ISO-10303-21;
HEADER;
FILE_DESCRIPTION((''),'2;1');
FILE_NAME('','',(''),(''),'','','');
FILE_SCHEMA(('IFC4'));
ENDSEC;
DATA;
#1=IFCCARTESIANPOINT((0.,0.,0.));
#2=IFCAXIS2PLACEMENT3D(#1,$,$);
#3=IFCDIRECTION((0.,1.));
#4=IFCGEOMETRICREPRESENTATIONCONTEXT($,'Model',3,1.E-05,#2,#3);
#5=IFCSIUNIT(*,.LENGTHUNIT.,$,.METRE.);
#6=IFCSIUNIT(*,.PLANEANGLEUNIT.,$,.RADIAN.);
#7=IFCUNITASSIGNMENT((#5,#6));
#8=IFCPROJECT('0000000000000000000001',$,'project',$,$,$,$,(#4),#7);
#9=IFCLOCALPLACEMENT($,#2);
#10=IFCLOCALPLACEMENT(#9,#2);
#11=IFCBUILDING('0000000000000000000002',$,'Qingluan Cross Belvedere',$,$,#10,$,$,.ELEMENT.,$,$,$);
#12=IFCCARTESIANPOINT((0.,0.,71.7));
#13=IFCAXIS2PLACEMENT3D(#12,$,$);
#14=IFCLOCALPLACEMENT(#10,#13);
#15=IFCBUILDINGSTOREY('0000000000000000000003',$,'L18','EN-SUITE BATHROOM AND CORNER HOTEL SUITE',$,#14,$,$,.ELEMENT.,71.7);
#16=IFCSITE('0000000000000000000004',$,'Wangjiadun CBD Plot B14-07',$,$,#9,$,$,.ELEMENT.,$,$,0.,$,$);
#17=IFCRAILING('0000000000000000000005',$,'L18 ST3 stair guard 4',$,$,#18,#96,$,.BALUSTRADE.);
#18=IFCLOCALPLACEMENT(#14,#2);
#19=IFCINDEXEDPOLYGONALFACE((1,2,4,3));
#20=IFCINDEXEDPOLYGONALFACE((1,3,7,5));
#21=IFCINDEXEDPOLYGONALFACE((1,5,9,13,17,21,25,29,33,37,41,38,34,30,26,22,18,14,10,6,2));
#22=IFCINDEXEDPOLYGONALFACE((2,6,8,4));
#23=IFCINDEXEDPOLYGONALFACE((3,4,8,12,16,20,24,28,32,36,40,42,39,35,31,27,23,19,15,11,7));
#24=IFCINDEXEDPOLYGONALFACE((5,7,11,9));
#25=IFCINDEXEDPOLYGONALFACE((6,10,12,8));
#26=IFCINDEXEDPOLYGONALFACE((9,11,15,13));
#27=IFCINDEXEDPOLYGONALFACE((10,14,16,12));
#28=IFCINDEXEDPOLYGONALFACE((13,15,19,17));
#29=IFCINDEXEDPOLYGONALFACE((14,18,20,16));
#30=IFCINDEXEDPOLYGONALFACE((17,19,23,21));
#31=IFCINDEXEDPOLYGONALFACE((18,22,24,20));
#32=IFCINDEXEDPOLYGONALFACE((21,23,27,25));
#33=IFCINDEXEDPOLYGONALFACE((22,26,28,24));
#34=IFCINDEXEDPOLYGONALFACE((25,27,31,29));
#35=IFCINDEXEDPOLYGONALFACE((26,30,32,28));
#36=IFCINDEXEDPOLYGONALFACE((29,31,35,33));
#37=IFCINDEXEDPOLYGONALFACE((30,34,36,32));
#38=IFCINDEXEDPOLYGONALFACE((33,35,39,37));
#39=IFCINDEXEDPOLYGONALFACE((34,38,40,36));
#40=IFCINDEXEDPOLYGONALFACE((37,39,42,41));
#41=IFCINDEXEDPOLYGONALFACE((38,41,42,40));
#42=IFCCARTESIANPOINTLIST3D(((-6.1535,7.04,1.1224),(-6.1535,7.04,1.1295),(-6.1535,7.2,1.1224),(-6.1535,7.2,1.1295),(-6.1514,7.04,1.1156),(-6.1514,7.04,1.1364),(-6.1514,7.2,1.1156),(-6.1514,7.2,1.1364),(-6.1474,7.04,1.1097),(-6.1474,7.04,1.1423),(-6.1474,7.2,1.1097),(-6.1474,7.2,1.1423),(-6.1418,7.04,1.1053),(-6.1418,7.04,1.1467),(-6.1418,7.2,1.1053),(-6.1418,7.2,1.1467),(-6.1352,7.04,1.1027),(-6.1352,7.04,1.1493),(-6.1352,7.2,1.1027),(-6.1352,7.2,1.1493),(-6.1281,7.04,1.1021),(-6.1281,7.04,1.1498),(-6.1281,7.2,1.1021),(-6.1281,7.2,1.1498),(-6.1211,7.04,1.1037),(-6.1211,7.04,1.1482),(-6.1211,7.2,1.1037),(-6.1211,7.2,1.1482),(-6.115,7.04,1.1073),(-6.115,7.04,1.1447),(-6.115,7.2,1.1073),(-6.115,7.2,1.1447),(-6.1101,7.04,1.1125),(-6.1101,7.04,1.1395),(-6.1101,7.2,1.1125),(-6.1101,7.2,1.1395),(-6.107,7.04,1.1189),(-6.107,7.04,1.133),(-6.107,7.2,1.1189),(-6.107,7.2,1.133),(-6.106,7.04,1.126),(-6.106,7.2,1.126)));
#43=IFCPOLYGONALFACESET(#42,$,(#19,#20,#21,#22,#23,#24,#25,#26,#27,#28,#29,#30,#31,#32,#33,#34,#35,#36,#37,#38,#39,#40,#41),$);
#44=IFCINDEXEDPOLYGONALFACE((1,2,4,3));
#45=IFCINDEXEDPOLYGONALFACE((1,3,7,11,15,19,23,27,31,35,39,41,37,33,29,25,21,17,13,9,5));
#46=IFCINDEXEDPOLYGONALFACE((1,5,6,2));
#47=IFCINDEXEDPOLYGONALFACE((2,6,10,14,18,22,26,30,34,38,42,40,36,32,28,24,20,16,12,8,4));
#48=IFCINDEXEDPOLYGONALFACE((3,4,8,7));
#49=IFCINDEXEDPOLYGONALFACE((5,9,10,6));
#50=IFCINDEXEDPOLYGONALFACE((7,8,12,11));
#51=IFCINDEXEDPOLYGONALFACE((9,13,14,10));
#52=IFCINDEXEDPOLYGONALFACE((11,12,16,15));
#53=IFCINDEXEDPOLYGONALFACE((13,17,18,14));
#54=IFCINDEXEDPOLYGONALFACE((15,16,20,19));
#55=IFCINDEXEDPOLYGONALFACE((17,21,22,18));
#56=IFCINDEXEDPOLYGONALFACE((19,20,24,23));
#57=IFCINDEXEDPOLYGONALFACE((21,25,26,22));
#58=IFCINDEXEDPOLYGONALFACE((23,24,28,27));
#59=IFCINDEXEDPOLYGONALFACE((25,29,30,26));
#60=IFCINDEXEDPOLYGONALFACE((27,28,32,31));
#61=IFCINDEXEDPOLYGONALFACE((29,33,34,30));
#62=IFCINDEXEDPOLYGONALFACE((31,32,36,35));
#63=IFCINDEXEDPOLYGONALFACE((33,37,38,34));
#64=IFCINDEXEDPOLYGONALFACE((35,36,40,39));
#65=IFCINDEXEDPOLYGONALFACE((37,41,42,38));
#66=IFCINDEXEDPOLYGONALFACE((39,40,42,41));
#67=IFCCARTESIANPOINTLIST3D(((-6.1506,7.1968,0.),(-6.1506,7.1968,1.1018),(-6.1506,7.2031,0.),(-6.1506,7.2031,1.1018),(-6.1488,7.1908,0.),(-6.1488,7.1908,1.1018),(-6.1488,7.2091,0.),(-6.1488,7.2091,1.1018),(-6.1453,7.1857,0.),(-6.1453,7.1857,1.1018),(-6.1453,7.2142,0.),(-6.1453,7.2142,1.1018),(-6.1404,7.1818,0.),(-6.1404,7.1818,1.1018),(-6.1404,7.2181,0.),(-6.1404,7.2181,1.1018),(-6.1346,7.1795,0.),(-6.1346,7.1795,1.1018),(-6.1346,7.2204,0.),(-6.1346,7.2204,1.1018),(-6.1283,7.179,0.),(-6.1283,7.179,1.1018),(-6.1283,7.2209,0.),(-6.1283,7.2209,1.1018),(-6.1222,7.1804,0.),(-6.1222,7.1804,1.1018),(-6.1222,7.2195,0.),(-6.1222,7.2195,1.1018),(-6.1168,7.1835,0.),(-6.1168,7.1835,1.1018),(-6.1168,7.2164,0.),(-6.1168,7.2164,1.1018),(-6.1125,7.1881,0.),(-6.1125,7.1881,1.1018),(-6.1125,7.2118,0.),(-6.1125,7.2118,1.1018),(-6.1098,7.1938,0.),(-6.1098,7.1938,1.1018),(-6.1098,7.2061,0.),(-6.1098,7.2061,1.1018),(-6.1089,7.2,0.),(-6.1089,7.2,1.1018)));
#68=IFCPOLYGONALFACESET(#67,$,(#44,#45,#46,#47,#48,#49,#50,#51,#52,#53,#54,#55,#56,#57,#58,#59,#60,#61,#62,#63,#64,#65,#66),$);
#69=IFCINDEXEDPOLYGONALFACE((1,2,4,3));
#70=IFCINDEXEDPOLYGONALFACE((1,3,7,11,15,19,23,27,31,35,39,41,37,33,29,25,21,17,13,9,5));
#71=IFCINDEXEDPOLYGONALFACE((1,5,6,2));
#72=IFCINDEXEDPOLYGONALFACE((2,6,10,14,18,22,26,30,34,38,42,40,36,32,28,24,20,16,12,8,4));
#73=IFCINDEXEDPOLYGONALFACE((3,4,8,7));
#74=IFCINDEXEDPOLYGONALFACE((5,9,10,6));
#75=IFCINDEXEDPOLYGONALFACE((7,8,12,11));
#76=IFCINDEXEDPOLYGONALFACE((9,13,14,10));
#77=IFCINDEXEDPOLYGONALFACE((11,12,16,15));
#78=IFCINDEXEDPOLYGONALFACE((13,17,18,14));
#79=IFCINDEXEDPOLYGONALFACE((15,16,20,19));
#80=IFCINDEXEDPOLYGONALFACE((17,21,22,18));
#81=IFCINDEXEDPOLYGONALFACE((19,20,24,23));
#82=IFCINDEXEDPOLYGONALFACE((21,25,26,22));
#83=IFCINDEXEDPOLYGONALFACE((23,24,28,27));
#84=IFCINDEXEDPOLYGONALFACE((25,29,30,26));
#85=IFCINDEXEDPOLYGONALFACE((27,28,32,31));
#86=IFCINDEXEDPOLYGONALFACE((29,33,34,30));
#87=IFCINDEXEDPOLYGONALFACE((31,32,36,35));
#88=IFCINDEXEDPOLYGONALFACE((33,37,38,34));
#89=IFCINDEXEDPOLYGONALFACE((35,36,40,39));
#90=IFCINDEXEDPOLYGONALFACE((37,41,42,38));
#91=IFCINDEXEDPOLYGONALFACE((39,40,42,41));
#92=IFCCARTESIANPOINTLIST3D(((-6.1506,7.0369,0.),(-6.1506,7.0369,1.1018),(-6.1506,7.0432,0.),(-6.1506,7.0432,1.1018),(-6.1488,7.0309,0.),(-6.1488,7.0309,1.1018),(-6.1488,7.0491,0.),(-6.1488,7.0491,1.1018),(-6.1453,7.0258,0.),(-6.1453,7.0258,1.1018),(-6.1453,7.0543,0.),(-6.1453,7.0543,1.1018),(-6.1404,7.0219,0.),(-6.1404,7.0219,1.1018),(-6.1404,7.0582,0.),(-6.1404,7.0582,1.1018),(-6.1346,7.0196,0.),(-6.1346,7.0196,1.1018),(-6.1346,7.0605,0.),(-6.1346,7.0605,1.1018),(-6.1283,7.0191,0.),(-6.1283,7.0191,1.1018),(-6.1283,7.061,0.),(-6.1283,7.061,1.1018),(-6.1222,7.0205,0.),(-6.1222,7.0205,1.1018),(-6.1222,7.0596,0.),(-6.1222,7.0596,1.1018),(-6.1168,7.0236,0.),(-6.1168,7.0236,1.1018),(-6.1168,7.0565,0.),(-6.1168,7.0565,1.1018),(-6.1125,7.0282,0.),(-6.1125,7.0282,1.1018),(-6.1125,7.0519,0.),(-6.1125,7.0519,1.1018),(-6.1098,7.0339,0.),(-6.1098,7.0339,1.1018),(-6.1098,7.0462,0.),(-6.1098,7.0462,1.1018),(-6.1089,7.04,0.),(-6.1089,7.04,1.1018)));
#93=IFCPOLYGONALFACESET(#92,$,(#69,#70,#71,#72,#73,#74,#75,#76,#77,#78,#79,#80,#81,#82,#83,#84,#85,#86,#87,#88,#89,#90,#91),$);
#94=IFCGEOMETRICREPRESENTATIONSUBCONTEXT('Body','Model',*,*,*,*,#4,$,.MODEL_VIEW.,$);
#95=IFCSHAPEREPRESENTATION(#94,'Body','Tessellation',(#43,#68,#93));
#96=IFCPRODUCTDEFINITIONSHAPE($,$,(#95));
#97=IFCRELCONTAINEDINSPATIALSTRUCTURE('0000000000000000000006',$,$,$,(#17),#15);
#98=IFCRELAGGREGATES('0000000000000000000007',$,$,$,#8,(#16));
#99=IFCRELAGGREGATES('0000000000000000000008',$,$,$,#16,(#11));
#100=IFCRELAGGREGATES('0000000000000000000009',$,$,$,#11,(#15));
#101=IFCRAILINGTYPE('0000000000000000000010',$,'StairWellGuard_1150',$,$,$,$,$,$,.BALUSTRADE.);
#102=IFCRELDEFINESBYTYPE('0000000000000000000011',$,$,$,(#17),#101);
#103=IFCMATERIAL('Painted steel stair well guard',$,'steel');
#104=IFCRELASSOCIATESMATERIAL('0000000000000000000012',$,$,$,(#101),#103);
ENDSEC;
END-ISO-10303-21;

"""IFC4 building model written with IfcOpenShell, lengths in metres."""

from ifc_helpers import new_model, si_unit, direction, frame, origin, origin_2d, place, context, subcontext, project, spatial, circle, extrude, material, type_object, element, save


model = new_model("IFC4")

# Units and contexts
model_context = context("Model", 3, precision=1e-05, world=origin(), true_north=direction((0.0, 1.0)))
body_context = subcontext(model_context, "Body", "Model", "MODEL_VIEW")
ifc_project = project(units=[si_unit("LENGTHUNIT", "METRE"), si_unit("PLANEANGLEUNIT", "RADIAN")], contexts=[model_context])

# Site, building, storey
site_placement = place(None, origin())
site = spatial("IfcSite", under=ifc_project, at=site_placement, Name="Wangjiadun CBD Plot B14-07", CompositionType="ELEMENT", RefElevation=0.0)
building_placement = place(site_placement, origin())
building = spatial("IfcBuilding", under=site, at=building_placement, Name="Qingluan Cross Belvedere", CompositionType="ELEMENT")
storey_placement = place(building_placement, frame((0.0, 0.0, 71.7)))
storey = spatial("IfcBuildingStorey", under=building, at=storey_placement, Name="L18", Description="EN-SUITE BATHROOM AND CORNER HOTEL SUITE", CompositionType="ELEMENT", Elevation=71.7)

# Railing
ifc_material_1 = material(Name="Painted steel stair well guard", Category="steel")
railing_type_1 = type_object("IfcRailingType", Name="StairWellGuard_1150", PredefinedType="BALUSTRADE", material=ifc_material_1)
railing_1_placement = place(storey_placement, frame((-6.1299, 7.2, 0.0)))
element("IfcRailing", 1, at=railing_1_placement, inside=storey, type_object=railing_type_1, Name="L18 ST3 stair guard 4", PredefinedType="BALUSTRADE", context=body_context, shape_type="SweptSolid", body=[
    extrude(circle(Radius=0.0239, at=origin_2d()), frame((0.0, 0.0, 1.126), z_axis=(0.0, -1.0, 0.0), x_axis=(1.0, 0.0, 0.0)), (0.0, 0.0, 1.0), 0.1599),
    extrude(circle(Radius=0.021, at=origin_2d()), origin(), (0.0, 0.0, 1.0), 1.1018),
    extrude(circle(Radius=0.021, at=origin_2d()), frame((0.0, -0.1599, 0.0)), (0.0, 0.0, 1.0), 1.1018),
])

save(model, "model.ifc")
